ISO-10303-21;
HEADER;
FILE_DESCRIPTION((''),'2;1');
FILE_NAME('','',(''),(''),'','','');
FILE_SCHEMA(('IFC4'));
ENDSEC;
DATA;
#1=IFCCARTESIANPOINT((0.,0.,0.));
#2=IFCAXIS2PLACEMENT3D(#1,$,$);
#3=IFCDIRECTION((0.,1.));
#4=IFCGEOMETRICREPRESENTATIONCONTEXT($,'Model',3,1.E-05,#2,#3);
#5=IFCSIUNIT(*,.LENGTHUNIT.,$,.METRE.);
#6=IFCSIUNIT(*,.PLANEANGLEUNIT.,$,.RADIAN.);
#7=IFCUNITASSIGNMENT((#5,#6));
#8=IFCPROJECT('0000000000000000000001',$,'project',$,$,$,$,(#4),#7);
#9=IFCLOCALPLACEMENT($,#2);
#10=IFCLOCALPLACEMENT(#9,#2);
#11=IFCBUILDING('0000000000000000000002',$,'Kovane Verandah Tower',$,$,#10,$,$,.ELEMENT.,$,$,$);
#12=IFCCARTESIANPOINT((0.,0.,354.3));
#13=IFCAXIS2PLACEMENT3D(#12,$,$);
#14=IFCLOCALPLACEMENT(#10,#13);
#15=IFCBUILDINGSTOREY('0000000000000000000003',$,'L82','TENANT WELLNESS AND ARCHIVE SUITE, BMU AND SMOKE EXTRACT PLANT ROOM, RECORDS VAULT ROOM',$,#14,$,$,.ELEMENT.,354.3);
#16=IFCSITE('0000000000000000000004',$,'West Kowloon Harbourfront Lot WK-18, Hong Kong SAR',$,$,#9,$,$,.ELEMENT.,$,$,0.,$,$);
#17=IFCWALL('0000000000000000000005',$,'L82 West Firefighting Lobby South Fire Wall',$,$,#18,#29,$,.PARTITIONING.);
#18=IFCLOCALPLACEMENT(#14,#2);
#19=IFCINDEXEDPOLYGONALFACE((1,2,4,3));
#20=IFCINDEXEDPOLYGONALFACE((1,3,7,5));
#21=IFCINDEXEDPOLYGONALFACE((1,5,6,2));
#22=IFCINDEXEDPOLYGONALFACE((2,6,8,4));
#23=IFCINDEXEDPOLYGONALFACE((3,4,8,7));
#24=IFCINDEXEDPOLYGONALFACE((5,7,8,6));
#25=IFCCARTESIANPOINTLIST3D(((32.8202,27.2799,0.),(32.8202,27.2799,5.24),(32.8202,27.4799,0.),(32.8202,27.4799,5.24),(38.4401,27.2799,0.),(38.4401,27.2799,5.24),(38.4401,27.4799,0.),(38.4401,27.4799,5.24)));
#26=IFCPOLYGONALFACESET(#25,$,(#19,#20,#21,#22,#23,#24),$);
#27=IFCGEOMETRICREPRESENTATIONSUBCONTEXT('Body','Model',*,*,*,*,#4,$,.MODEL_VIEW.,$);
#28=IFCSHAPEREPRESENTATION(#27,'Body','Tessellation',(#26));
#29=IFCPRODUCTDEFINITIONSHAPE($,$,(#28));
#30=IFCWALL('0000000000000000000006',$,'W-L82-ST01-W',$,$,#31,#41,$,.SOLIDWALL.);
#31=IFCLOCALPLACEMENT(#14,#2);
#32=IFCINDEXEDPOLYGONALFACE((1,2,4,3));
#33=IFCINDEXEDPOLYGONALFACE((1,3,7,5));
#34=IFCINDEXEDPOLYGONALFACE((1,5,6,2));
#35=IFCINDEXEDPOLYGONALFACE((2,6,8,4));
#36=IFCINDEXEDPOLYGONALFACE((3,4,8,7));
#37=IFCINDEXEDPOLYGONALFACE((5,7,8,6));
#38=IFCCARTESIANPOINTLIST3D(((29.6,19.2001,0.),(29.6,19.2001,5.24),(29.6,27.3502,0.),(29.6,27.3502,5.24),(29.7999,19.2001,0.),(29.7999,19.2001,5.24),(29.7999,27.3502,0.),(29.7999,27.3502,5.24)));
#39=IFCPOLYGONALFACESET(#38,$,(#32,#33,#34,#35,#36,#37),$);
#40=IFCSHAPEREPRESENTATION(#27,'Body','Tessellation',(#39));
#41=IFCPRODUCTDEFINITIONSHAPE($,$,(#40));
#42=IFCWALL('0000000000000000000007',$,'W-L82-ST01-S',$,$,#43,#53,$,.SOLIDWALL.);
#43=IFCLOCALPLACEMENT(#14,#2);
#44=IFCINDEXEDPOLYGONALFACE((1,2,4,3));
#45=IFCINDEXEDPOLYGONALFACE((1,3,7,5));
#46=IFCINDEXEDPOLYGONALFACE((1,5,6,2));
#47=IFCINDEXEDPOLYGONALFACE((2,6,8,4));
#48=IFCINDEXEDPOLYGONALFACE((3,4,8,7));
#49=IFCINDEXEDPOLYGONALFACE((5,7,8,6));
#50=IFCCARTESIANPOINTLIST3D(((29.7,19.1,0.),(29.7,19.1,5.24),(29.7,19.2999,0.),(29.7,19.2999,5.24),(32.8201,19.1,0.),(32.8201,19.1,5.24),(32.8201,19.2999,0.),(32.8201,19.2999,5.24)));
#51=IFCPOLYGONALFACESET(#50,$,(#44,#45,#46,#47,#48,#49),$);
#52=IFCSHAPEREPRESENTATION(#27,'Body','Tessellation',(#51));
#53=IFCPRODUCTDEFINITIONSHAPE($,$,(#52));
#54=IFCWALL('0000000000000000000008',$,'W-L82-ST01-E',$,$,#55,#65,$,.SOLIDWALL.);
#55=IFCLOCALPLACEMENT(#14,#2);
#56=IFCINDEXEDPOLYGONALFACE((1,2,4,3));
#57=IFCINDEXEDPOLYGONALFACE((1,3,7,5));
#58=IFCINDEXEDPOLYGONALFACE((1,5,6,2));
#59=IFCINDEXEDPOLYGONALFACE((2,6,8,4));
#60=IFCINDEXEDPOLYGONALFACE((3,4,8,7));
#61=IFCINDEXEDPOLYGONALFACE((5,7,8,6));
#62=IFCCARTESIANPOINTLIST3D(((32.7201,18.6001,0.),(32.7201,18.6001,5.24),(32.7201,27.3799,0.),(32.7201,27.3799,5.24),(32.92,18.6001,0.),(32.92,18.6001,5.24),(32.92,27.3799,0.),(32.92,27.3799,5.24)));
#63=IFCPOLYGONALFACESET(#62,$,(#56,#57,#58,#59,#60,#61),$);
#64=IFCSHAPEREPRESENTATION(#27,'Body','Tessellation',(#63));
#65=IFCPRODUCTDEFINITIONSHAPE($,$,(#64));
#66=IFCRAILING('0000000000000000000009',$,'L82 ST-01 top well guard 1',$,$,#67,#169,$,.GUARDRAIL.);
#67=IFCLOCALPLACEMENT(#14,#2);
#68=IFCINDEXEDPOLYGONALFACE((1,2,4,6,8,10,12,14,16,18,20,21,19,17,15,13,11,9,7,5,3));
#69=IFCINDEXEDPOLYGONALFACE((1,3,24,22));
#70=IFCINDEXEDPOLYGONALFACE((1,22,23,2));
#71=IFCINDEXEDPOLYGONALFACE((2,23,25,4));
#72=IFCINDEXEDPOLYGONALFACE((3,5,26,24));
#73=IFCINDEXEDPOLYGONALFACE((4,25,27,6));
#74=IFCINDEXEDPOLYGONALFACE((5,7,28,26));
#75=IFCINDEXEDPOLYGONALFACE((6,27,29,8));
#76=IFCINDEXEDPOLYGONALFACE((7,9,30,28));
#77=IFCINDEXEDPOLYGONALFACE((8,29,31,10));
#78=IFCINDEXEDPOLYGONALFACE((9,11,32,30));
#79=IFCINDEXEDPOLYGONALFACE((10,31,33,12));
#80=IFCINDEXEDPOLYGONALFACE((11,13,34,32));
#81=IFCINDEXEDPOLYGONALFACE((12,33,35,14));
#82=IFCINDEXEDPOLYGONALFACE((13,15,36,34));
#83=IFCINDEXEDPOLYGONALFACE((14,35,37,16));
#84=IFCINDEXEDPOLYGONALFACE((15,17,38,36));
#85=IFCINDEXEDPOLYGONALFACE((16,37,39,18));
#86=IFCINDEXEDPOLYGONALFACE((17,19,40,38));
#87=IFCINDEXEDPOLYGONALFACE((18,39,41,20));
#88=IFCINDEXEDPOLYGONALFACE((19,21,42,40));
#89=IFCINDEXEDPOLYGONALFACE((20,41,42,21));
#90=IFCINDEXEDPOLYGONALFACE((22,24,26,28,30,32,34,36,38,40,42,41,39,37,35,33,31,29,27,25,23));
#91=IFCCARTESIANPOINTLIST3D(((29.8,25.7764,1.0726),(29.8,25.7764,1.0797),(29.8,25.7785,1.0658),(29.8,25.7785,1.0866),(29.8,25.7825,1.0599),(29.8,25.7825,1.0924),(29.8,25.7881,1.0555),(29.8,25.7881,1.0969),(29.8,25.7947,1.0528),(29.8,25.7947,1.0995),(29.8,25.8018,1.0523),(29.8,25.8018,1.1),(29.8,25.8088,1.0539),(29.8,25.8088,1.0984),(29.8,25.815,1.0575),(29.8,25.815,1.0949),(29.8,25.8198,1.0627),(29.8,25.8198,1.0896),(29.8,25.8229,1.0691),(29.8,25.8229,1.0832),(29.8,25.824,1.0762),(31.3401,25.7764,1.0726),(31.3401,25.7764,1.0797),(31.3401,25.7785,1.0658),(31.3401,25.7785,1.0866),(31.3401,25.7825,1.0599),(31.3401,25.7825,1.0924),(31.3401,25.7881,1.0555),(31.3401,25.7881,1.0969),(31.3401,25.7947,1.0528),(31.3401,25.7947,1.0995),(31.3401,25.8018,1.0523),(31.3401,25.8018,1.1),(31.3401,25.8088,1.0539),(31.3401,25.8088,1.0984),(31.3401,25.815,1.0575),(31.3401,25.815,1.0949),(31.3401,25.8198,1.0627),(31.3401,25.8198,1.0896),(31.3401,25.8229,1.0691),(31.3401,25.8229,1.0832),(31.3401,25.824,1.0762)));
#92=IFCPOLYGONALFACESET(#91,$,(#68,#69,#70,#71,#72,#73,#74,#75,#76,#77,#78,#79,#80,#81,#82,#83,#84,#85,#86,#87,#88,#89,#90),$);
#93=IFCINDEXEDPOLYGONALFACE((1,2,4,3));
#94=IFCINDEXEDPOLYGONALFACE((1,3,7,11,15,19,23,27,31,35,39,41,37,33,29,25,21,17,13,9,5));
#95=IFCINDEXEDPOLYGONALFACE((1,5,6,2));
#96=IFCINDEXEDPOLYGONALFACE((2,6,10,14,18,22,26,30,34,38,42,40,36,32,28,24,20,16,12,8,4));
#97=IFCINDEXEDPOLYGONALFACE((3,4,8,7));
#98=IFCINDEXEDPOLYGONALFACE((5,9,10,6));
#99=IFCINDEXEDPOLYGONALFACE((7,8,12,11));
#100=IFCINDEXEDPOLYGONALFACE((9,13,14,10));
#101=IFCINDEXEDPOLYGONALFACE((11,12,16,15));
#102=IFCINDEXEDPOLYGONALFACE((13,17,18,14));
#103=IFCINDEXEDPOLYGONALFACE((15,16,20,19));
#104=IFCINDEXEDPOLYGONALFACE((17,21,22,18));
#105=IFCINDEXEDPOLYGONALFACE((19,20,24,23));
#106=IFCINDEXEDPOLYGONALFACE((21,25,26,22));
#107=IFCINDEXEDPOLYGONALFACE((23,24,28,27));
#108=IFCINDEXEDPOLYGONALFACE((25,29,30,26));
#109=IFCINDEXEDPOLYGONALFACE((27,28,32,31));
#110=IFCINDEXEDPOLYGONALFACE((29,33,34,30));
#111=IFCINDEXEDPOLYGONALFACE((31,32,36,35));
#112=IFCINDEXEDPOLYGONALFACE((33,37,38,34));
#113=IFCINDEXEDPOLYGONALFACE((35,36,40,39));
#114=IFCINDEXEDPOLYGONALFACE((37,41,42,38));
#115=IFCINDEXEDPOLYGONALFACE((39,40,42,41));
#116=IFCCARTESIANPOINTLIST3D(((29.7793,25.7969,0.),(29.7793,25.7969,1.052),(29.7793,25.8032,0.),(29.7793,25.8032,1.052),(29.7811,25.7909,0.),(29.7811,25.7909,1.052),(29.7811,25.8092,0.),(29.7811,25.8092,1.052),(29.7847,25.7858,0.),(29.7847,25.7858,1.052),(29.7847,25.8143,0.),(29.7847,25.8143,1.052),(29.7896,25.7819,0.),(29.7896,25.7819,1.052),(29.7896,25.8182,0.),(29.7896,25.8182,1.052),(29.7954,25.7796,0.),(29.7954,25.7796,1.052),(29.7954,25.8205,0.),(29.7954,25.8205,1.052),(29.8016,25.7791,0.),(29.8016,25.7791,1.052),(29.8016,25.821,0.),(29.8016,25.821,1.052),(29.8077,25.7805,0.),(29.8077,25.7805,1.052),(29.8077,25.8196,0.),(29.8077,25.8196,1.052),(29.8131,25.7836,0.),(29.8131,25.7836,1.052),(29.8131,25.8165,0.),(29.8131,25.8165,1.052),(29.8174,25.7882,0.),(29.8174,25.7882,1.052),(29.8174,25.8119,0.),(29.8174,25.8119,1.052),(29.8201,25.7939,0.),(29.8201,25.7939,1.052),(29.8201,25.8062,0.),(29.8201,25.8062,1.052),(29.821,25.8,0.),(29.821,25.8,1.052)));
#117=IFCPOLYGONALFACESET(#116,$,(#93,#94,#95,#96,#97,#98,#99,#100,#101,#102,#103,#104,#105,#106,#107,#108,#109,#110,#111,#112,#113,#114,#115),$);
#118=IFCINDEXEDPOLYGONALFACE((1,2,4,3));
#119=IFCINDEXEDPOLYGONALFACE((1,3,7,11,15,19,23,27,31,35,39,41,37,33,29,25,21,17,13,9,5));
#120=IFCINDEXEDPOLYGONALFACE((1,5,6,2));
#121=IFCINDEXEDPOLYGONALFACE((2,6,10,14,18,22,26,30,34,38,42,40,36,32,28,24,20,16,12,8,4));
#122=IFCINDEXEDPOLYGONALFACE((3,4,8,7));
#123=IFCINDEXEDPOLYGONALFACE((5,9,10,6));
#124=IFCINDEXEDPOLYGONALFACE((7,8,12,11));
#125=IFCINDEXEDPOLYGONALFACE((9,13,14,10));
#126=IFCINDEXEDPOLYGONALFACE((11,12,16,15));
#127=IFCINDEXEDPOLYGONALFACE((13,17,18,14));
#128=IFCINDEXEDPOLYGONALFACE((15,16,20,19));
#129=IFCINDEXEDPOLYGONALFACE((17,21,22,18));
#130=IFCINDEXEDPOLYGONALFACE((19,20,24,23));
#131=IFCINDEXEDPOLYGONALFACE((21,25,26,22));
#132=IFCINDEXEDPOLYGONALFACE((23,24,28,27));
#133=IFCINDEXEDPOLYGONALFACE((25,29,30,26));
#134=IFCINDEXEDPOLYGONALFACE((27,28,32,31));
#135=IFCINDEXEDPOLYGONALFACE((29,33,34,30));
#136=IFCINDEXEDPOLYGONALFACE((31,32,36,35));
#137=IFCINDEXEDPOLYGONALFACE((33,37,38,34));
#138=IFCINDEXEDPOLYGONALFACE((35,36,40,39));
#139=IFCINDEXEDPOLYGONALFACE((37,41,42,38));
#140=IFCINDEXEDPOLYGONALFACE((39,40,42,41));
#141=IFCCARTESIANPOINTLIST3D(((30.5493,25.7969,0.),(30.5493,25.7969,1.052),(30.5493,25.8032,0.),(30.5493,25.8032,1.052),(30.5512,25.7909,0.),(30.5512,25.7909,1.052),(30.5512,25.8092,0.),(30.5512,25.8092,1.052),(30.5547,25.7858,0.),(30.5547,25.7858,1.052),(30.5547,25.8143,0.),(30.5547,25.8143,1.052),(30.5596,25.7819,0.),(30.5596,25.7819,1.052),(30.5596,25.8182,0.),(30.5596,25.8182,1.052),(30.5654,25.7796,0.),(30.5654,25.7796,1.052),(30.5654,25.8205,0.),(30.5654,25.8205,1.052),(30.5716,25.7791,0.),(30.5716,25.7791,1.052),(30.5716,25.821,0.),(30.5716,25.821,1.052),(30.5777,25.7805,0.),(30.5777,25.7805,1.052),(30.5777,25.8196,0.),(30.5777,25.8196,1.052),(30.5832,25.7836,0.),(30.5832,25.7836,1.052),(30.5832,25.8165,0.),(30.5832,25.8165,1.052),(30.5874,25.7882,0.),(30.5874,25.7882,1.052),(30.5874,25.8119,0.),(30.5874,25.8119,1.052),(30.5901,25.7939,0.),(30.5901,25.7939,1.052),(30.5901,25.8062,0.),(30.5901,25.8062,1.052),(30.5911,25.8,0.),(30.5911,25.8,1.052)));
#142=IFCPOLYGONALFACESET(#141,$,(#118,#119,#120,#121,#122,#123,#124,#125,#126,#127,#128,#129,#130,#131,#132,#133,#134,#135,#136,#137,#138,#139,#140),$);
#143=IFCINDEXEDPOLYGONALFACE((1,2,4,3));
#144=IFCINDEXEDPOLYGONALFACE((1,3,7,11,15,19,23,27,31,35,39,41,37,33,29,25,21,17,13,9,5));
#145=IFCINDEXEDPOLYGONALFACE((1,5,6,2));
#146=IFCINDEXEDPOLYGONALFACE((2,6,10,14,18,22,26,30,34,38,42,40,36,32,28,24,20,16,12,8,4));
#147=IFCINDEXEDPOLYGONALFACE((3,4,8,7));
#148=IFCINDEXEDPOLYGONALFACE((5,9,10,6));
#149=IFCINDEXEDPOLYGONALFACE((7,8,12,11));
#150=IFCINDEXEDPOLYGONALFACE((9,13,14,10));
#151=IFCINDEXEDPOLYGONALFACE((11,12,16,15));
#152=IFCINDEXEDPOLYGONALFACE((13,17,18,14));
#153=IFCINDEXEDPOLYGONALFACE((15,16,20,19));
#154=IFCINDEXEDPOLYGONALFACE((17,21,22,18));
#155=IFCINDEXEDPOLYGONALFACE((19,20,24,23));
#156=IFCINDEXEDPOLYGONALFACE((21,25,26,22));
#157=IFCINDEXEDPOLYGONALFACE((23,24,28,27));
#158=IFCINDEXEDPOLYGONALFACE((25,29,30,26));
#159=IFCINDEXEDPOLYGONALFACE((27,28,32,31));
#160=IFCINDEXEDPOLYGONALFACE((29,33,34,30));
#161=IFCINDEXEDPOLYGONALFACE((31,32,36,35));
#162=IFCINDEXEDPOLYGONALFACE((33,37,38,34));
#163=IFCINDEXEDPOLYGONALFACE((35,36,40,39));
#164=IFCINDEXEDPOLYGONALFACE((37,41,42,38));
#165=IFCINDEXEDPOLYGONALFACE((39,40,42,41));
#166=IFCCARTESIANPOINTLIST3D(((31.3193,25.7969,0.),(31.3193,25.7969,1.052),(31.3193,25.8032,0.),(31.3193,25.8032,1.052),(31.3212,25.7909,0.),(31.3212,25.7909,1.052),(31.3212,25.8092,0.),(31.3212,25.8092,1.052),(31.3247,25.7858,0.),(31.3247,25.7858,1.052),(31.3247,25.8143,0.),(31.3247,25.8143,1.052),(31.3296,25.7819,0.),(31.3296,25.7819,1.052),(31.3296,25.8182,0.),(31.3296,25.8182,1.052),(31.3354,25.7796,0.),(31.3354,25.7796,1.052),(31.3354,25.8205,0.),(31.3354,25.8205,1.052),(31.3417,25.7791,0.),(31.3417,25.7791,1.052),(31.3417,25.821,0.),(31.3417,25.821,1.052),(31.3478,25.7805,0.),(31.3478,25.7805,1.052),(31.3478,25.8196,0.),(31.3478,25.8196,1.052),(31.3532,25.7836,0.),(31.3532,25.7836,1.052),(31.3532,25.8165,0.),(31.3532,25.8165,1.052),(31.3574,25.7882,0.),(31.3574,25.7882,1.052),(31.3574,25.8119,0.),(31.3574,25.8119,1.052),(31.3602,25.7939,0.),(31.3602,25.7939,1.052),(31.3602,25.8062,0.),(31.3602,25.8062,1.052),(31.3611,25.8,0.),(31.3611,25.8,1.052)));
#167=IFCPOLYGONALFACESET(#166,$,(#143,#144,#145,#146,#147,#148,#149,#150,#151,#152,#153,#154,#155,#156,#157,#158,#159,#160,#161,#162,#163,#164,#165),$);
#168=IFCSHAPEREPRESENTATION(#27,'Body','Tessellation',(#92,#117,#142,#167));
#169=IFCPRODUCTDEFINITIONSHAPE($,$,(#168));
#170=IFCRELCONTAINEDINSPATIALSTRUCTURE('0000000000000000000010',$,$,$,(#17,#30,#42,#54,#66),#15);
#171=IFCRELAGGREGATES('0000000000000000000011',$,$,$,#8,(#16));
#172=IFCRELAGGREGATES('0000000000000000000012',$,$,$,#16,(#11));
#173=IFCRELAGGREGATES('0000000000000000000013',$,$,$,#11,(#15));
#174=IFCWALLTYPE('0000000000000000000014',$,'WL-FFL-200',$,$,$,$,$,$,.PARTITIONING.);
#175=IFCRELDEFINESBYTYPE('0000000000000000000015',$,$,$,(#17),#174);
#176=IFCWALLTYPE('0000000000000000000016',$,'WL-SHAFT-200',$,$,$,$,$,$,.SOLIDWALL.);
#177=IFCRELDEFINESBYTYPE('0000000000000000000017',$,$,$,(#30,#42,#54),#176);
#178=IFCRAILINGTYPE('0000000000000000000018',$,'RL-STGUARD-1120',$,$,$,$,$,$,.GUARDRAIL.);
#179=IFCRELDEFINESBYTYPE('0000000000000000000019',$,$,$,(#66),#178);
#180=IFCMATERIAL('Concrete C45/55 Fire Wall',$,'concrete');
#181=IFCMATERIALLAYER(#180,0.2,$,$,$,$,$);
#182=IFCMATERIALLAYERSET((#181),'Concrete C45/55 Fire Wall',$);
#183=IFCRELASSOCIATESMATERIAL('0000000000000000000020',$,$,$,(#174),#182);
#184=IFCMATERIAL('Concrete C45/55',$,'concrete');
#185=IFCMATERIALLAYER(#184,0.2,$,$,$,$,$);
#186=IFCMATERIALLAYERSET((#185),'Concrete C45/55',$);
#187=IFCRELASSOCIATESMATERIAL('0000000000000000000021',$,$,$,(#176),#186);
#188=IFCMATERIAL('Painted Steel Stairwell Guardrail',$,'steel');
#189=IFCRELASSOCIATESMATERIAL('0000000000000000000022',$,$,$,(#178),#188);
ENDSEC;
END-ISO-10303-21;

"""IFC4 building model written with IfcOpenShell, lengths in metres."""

from ifc_helpers import new_model, si_unit, direction, frame, frame_2d, origin, origin_2d, place, context, subcontext, project, spatial, rectangle, circle, extrude, material, layer, layer_set, type_object, element, save


model = new_model("IFC4")

# Units and contexts
model_context = context("Model", 3, precision=1e-05, world=origin(), true_north=direction((0.0, 1.0)))
body_context = subcontext(model_context, "Body", "Model", "MODEL_VIEW")
ifc_project = project(units=[si_unit("LENGTHUNIT", "METRE"), si_unit("PLANEANGLEUNIT", "RADIAN")], contexts=[model_context])

# Site, building, storey
site_placement = place(None, origin())
site = spatial("IfcSite", under=ifc_project, at=site_placement, Name="West Kowloon Harbourfront Lot WK-18, Hong Kong SAR", CompositionType="ELEMENT", RefElevation=0.0)
building_placement = place(site_placement, origin())
building = spatial("IfcBuilding", under=site, at=building_placement, Name="Kovane Verandah Tower", CompositionType="ELEMENT")
storey_placement = place(building_placement, frame((0.0, 0.0, 354.3)))
storey = spatial("IfcBuildingStorey", under=building, at=storey_placement, Name="L82", Description="TENANT WELLNESS AND ARCHIVE SUITE, BMU AND SMOKE EXTRACT PLANT ROOM, RECORDS VAULT ROOM", CompositionType="ELEMENT", Elevation=354.3)

# Shared definitions
ifc_material_1 = material(Name="Concrete C45/55 Fire Wall", Category="concrete")
ifc_layer_1 = layer(ifc_material_1, 0.2)
ifc_layer_set_1 = layer_set([ifc_layer_1], Name="Concrete C45/55 Fire Wall")
wall_type_1 = type_object("IfcWallType", Name="WL-FFL-200", PredefinedType="PARTITIONING", material=ifc_layer_set_1)

# Walls
wall_1_placement = place(storey_placement, frame((32.8201, 27.3799, 0.0), z_axis=(0.0, 0.0, 1.0), x_axis=(1.0, 0.0, 0.0)))
element("IfcWall", 1, at=wall_1_placement, inside=storey, type_object=wall_type_1, Name="L82 West Firefighting Lobby South Fire Wall", PredefinedType="PARTITIONING", context=body_context, shape_type="SweptSolid", body=[
    extrude(rectangle(XDim=5.6199, YDim=0.2, at=frame_2d((2.8101, 0.0))), origin(), (0.0, 0.0, 1.0), 5.24),
])
ifc_material_2 = material(Name="Concrete C45/55", Category="concrete")
ifc_layer_2 = layer(ifc_material_2, 0.2)
ifc_layer_set_2 = layer_set([ifc_layer_2], Name="Concrete C45/55")
wall_type_2 = type_object("IfcWallType", Name="WL-SHAFT-200", PredefinedType="SOLIDWALL", material=ifc_layer_set_2)
wall_2_placement = place(storey_placement, frame((29.7, 19.2, 0.0), z_axis=(0.0, 0.0, 1.0), x_axis=(0.0, 1.0, 0.0)))
element("IfcWall", 2, at=wall_2_placement, inside=storey, type_object=wall_type_2, Name="W-L82-ST01-W", PredefinedType="SOLIDWALL", context=body_context, shape_type="SweptSolid", body=[
    extrude(rectangle(XDim=8.1501, YDim=0.2, at=frame_2d((4.0752, 0.0))), origin(), (0.0, 0.0, 1.0), 5.24),
])
wall_3_placement = place(storey_placement, frame((29.7, 19.2, 0.0), z_axis=(0.0, 0.0, 1.0), x_axis=(1.0, 0.0, 0.0)))
element("IfcWall", 3, at=wall_3_placement, inside=storey, type_object=wall_type_2, Name="W-L82-ST01-S", PredefinedType="SOLIDWALL", context=body_context, shape_type="SweptSolid", body=[
    extrude(rectangle(XDim=3.1201, YDim=0.2, at=frame_2d((1.5601, 0.0))), origin(), (0.0, 0.0, 1.0), 5.24),
])
wall_4_placement = place(storey_placement, frame((32.8201, 18.6001, 0.0), z_axis=(0.0, 0.0, 1.0), x_axis=(0.0, 1.0, 0.0)))
element("IfcWall", 4, at=wall_4_placement, inside=storey, type_object=wall_type_2, Name="W-L82-ST01-E", PredefinedType="SOLIDWALL", context=body_context, shape_type="SweptSolid", body=[
    extrude(rectangle(XDim=8.7798, YDim=0.2, at=frame_2d((4.3899, 0.0))), origin(), (0.0, 0.0, 1.0), 5.24),
])

# Railing
ifc_material_3 = material(Name="Painted Steel Stairwell Guardrail", Category="steel")
railing_type = type_object("IfcRailingType", Name="RL-STGUARD-1120", PredefinedType="GUARDRAIL", material=ifc_material_3)
railing_placement = place(storey_placement, frame((29.8, 25.8, 0.0)))
element("IfcRailing", 5, at=railing_placement, inside=storey, type_object=railing_type, Name="L82 ST-01 top well guard 1", PredefinedType="GUARDRAIL", context=body_context, shape_type="SweptSolid", body=[
    extrude(circle(Radius=0.0239, at=origin_2d()), frame((0.0, 0.0, 1.0762), z_axis=(1.0, 0.0, 0.0), x_axis=(0.0, 1.0, 0.0)), (0.0, 0.0, 1.0), 1.54),
    extrude(circle(Radius=0.021, at=origin_2d()), origin(), (0.0, 0.0, 1.0), 1.052),
    extrude(circle(Radius=0.021, at=origin_2d()), frame((0.77, 0.0, 0.0)), (0.0, 0.0, 1.0), 1.052),
    extrude(circle(Radius=0.021, at=origin_2d()), frame((1.54, 0.0, 0.0)), (0.0, 0.0, 1.0), 1.052),
])

save(model, "model.ifc")
